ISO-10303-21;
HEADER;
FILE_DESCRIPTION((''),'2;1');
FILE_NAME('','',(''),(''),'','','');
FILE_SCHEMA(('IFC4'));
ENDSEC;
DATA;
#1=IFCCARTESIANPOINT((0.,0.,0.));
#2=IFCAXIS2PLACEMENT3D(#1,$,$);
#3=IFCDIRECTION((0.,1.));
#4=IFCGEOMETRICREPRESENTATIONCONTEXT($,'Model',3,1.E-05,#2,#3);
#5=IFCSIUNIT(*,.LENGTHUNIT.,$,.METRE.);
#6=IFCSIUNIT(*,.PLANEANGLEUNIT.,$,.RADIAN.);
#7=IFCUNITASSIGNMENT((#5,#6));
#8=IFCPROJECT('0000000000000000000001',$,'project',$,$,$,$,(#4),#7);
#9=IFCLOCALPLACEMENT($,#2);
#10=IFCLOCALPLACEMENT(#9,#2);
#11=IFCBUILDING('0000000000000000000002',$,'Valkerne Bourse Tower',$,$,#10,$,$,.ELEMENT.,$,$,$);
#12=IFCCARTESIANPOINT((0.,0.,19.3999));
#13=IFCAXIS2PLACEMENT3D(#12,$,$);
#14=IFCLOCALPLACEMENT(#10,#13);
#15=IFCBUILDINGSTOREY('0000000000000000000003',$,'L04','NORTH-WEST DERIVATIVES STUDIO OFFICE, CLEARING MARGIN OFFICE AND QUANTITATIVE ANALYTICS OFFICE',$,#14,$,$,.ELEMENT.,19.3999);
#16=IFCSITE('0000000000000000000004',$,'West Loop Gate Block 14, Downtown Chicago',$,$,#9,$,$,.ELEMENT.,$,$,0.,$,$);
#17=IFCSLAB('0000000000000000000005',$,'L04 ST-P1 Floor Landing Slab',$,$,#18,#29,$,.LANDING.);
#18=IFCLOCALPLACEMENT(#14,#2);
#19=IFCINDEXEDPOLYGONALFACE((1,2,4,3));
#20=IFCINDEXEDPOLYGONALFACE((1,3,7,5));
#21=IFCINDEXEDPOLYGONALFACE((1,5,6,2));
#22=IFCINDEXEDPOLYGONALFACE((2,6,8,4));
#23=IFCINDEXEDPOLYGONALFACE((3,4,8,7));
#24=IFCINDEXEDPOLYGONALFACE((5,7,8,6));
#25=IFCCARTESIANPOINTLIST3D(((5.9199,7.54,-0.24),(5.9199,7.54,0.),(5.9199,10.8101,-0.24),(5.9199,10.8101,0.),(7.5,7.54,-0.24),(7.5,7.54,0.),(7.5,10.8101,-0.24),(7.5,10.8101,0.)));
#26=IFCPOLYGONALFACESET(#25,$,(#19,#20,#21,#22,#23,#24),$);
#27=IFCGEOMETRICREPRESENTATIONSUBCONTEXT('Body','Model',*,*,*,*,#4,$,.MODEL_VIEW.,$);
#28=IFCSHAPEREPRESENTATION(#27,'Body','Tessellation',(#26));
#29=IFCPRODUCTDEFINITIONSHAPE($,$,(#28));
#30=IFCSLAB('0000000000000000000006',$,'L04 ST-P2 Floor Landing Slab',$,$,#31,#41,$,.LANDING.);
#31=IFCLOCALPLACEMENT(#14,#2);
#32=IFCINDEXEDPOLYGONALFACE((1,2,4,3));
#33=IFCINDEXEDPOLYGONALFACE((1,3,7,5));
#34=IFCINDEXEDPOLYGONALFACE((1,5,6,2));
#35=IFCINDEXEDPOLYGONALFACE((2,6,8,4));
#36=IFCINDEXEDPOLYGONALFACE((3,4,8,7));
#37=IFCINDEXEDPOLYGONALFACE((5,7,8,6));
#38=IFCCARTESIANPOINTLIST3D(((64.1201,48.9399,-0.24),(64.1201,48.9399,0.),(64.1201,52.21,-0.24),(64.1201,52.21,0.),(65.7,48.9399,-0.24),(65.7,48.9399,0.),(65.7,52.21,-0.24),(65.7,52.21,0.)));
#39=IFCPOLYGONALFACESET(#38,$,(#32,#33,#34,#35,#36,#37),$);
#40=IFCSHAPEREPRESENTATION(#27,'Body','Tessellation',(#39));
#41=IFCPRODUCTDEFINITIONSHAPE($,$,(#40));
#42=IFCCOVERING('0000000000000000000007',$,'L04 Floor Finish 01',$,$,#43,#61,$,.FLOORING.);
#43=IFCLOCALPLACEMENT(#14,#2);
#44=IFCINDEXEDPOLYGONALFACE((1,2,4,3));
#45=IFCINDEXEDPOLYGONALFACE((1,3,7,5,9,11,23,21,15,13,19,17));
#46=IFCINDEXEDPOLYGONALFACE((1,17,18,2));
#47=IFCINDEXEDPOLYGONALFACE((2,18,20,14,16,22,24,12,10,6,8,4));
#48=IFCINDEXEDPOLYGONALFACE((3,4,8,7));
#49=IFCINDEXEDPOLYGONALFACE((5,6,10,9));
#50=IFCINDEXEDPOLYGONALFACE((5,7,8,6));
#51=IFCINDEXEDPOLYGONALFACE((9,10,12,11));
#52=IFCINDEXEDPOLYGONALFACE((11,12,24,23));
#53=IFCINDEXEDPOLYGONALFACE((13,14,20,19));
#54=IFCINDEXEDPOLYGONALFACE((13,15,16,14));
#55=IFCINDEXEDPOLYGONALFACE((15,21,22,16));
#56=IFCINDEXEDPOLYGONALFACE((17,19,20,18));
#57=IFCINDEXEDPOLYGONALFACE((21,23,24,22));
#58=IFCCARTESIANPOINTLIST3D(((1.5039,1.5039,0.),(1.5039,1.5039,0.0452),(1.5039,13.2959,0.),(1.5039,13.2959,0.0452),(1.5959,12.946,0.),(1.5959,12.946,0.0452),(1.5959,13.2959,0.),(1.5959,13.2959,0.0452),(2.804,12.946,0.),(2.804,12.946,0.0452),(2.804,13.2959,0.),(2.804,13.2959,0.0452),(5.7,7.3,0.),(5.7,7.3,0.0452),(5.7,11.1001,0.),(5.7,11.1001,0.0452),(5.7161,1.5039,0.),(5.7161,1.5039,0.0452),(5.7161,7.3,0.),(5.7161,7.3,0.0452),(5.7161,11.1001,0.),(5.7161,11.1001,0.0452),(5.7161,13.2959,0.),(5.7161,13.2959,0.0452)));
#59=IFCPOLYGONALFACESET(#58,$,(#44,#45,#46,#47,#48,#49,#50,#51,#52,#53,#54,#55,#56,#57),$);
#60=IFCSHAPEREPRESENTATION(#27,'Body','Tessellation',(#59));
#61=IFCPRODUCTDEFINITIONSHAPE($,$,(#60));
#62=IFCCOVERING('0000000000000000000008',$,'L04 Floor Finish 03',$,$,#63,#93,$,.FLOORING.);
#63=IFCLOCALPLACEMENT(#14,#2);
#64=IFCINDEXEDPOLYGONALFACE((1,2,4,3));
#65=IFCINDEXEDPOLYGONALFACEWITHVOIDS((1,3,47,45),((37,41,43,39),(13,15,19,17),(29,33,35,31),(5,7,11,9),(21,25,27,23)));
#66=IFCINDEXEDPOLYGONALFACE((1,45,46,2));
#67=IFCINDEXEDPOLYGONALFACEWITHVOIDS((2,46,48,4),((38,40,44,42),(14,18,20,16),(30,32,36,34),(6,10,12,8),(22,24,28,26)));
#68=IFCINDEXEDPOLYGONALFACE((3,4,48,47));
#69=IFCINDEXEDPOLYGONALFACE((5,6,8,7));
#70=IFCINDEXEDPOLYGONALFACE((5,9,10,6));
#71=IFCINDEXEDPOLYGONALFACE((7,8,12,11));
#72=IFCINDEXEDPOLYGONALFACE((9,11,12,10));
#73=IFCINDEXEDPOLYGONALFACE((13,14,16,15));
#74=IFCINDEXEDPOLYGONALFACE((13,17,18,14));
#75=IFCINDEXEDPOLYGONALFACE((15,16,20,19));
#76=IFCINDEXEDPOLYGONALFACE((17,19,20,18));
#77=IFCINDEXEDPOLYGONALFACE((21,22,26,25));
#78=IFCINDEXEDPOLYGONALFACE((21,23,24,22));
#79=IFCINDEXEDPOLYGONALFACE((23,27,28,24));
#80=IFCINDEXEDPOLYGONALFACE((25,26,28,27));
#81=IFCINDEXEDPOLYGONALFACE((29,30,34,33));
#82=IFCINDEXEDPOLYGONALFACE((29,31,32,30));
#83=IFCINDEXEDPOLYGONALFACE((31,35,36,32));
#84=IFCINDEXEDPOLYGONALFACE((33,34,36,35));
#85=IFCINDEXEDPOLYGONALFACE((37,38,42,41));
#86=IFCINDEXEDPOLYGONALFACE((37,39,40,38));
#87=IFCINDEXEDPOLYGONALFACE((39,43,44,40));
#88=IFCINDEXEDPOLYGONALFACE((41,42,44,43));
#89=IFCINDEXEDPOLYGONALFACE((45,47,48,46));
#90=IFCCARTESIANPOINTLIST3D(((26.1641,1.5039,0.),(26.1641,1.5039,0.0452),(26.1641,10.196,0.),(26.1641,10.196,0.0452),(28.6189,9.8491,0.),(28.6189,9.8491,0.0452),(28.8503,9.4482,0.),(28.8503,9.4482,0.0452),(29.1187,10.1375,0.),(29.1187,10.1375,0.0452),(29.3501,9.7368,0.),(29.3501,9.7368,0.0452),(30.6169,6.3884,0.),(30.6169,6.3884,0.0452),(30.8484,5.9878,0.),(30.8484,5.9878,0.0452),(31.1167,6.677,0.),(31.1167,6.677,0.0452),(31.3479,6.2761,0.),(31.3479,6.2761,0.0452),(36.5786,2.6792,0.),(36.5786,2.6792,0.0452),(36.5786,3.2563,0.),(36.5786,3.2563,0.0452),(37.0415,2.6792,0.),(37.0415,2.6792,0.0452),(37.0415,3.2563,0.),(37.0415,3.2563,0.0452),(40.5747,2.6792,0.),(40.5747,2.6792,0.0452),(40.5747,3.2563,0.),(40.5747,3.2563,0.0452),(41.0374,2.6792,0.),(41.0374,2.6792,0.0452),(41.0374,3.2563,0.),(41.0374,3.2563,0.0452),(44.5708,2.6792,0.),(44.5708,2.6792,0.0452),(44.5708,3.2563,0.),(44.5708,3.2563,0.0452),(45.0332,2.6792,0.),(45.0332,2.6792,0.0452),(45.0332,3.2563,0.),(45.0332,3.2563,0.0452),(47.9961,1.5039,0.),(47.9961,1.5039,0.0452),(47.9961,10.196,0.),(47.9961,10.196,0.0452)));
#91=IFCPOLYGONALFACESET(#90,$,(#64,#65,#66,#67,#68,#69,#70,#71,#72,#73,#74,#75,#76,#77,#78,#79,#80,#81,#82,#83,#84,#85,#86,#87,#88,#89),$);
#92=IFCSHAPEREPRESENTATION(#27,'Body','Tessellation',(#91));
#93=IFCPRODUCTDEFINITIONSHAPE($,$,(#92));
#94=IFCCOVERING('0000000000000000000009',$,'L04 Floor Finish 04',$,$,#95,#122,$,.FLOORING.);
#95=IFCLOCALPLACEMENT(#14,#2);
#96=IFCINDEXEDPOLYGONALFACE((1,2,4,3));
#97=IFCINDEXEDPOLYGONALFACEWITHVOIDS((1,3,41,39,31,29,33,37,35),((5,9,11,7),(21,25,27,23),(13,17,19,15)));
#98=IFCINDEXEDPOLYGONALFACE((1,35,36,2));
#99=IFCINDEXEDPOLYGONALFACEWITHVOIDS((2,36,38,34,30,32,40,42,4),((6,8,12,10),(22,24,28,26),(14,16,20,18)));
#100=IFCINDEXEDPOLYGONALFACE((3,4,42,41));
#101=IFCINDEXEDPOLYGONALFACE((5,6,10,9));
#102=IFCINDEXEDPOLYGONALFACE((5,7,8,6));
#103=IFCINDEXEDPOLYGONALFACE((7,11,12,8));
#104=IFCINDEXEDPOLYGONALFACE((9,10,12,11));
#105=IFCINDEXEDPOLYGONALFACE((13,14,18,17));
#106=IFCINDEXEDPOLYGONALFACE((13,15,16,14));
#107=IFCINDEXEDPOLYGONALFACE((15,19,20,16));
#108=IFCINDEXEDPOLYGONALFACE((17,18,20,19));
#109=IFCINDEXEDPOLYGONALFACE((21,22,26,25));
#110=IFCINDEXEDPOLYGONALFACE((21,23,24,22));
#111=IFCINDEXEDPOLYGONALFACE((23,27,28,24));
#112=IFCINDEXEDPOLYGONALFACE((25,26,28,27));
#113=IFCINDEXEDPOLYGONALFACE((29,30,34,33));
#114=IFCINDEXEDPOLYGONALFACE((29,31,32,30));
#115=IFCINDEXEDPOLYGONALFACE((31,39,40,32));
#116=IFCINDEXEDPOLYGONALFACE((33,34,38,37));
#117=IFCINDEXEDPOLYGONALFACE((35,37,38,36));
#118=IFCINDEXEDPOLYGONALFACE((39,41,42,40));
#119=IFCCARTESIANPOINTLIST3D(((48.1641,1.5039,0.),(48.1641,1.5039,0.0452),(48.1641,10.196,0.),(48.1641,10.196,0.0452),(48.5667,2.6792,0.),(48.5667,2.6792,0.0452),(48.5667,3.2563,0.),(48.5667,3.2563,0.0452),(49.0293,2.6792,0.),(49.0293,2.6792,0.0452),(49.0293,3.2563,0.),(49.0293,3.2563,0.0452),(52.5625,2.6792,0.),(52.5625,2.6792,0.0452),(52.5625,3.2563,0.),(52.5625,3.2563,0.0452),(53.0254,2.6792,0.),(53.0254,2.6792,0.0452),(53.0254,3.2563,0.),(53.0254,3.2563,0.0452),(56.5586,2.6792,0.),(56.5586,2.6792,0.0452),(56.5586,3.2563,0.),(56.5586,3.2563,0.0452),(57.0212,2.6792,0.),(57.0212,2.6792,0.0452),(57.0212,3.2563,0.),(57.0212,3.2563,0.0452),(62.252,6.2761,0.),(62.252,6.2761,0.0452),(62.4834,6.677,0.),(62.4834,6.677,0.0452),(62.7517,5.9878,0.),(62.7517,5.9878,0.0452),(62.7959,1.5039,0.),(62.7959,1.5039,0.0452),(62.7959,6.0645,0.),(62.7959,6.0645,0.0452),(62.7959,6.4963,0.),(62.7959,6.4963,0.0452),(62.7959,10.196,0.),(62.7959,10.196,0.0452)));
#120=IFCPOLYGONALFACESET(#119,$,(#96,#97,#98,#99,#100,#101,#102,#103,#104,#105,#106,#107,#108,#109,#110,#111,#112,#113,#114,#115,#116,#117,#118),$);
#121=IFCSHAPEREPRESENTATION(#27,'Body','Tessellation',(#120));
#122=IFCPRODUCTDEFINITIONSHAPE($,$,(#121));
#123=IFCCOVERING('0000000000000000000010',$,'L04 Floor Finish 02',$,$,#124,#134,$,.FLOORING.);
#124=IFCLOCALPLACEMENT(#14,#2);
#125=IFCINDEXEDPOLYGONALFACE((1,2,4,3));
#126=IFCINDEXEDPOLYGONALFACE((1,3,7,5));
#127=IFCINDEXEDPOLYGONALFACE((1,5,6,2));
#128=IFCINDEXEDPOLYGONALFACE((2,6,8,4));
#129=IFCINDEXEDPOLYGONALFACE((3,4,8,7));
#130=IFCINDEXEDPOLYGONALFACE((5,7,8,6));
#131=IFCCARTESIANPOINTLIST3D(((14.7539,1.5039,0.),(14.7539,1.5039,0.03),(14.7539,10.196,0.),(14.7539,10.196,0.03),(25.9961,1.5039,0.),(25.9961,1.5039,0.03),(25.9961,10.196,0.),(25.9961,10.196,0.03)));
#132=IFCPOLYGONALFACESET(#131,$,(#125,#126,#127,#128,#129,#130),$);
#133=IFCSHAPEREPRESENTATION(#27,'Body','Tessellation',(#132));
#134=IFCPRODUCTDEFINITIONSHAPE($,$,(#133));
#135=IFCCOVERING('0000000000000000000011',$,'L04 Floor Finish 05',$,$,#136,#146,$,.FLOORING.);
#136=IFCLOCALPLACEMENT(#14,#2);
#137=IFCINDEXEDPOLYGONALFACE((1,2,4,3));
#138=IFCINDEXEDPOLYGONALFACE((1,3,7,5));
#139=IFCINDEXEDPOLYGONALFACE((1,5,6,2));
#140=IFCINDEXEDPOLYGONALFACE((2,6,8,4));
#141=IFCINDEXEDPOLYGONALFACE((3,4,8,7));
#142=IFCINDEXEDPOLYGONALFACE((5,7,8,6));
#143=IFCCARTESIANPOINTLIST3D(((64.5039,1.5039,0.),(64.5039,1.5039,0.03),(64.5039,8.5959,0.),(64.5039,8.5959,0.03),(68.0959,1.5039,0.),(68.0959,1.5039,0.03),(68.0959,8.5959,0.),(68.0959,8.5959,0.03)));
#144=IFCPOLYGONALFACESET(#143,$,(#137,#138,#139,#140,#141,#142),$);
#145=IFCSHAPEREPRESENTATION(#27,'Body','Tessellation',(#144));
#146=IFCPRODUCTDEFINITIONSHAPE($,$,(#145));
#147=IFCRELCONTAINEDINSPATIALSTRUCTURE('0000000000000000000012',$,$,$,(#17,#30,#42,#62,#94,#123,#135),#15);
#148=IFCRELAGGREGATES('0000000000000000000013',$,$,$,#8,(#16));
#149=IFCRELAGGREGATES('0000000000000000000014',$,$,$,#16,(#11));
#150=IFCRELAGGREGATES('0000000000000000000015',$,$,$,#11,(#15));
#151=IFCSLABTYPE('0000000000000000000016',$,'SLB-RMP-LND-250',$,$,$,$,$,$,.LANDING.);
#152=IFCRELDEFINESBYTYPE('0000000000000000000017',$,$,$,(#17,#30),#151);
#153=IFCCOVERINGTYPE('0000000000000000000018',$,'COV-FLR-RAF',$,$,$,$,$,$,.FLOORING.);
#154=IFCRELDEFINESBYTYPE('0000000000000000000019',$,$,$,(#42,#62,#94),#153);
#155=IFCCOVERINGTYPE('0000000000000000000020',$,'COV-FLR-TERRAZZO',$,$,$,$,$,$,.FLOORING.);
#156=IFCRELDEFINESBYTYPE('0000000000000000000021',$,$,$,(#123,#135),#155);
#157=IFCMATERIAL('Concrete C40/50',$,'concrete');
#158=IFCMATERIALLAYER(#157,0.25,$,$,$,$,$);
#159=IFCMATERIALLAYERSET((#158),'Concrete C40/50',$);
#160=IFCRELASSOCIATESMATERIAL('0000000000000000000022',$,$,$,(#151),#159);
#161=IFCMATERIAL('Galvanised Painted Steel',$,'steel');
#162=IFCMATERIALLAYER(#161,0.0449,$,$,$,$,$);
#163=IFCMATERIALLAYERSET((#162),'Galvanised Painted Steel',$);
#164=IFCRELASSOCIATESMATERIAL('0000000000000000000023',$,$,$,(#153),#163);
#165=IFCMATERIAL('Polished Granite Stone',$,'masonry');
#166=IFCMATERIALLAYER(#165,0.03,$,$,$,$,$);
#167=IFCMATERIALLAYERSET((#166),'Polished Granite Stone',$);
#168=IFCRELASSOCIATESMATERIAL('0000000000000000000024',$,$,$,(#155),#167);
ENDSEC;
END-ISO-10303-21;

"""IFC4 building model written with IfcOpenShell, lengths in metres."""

from ifc_helpers import new_model, si_unit, direction, frame, origin, place, context, subcontext, project, spatial, polyline, outline, extrude, material, layer, layer_set, type_object, element, save


model = new_model("IFC4")

# Units and contexts
model_context = context("Model", 3, precision=1e-05, world=origin(), true_north=direction((0.0, 1.0)))
body_context = subcontext(model_context, "Body", "Model", "MODEL_VIEW")
ifc_project = project(units=[si_unit("LENGTHUNIT", "METRE"), si_unit("PLANEANGLEUNIT", "RADIAN")], contexts=[model_context])

# Site, building, storey
site_placement = place(None, origin())
site = spatial("IfcSite", under=ifc_project, at=site_placement, Name="West Loop Gate Block 14, Downtown Chicago", CompositionType="ELEMENT", RefElevation=0.0)
building_placement = place(site_placement, origin())
building = spatial("IfcBuilding", under=site, at=building_placement, Name="Valkerne Bourse Tower", CompositionType="ELEMENT")
storey_placement = place(building_placement, frame((0.0, 0.0, 19.3999)))
storey = spatial("IfcBuildingStorey", under=building, at=storey_placement, Name="L04", Description="NORTH-WEST DERIVATIVES STUDIO OFFICE, CLEARING MARGIN OFFICE AND QUANTITATIVE ANALYTICS OFFICE", CompositionType="ELEMENT", Elevation=19.3999)

# Slabs
ifc_material_1 = material(Name="Concrete C40/50", Category="concrete")
ifc_layer_1 = layer(ifc_material_1, 0.25)
ifc_layer_set_1 = layer_set([ifc_layer_1], Name="Concrete C40/50")
slab_type_1 = type_object("IfcSlabType", Name="SLB-RMP-LND-250", PredefinedType="LANDING", material=ifc_layer_set_1)
slab_1_placement = place(storey_placement, frame((0.0, 0.0, -0.24)))
element("IfcSlab", 1, at=slab_1_placement, inside=storey, type_object=slab_type_1, Name="L04 ST-P1 Floor Landing Slab", PredefinedType="LANDING", context=body_context, shape_type="SweptSolid", body=[
    extrude(outline(polyline([(5.9199, 7.54), (7.5, 7.54), (7.5, 10.8101), (5.9199, 10.8101), (5.9199, 7.54)])), origin(), (0.0, 0.0, 1.0), 0.24),
])
slab_2_placement = place(storey_placement, frame((0.0, 0.0, -0.24)))
element("IfcSlab", 2, at=slab_2_placement, inside=storey, type_object=slab_type_1, Name="L04 ST-P2 Floor Landing Slab", PredefinedType="LANDING", context=body_context, shape_type="SweptSolid", body=[
    extrude(outline(polyline([(64.1201, 48.9399), (65.7, 48.9399), (65.7, 52.21), (64.1201, 52.21), (64.1201, 48.9399)])), origin(), (0.0, 0.0, 1.0), 0.24),
])

# Coverings
ifc_material_2 = material(Name="Galvanised Painted Steel", Category="steel")
ifc_layer_2 = layer(ifc_material_2, 0.0449)
ifc_layer_set_2 = layer_set([ifc_layer_2], Name="Galvanised Painted Steel")
covering_type_1 = type_object("IfcCoveringType", Name="COV-FLR-RAF", PredefinedType="FLOORING", material=ifc_layer_set_2)
covering_1_placement = place(storey_placement, origin())
element("IfcCovering", 3, at=covering_1_placement, inside=storey, type_object=covering_type_1, Name="L04 Floor Finish 01", PredefinedType="FLOORING", context=body_context, shape_type="SweptSolid", body=[
    extrude(outline(polyline([(1.5039, 13.2959), (1.5959, 13.2959), (1.5959, 12.946), (2.804, 12.946), (2.804, 13.2959), (5.7161, 13.2959), (5.7161, 11.1001), (5.7, 11.1001), (5.7, 7.3), (5.7161, 7.3), (5.7161, 1.5039), (1.5039, 1.5039), (1.5039, 13.2959)])), origin(), (0.0, 0.0, 1.0), 0.0452),
])
covering_2_placement = place(storey_placement, origin())
element("IfcCovering", 4, at=covering_2_placement, inside=storey, type_object=covering_type_1, Name="L04 Floor Finish 03", PredefinedType="FLOORING", context=body_context, shape_type="SweptSolid", body=[
    extrude(outline(polyline([(26.1641, 10.196), (47.9961, 10.196), (47.9961, 1.5039), (26.1641, 1.5039), (26.1641, 10.196)]), holes=[polyline([(30.6169, 6.3884), (30.8484, 5.9878), (31.3479, 6.2761), (31.1167, 6.677), (30.6169, 6.3884)]), polyline([(28.6189, 9.8491), (28.8503, 9.4482), (29.3501, 9.7368), (29.1187, 10.1375), (28.6189, 9.8491)]), polyline([(36.5786, 3.2563), (36.5786, 2.6792), (37.0415, 2.6792), (37.0415, 3.2563), (36.5786, 3.2563)]), polyline([(41.0374, 3.2563), (40.5747, 3.2563), (40.5747, 2.6792), (41.0374, 2.6792), (41.0374, 3.2563)]), polyline([(44.5708, 3.2563), (44.5708, 2.6792), (45.0332, 2.6792), (45.0332, 3.2563), (44.5708, 3.2563)])]), origin(), (0.0, 0.0, 1.0), 0.0452),
])
covering_3_placement = place(storey_placement, origin())
element("IfcCovering", 5, at=covering_3_placement, inside=storey, type_object=covering_type_1, Name="L04 Floor Finish 04", PredefinedType="FLOORING", context=body_context, shape_type="SweptSolid", body=[
    extrude(outline(polyline([(48.1641, 10.196), (62.7959, 10.196), (62.7959, 6.4963), (62.4834, 6.677), (62.252, 6.2761), (62.7517, 5.9878), (62.7959, 6.0645), (62.7959, 1.5039), (48.1641, 1.5039), (48.1641, 10.196)]), holes=[polyline([(56.5586, 3.2563), (56.5586, 2.6792), (57.0212, 2.6792), (57.0212, 3.2563), (56.5586, 3.2563)]), polyline([(53.0254, 3.2563), (52.5625, 3.2563), (52.5625, 2.6792), (53.0254, 2.6792), (53.0254, 3.2563)]), polyline([(49.0293, 3.2563), (48.5667, 3.2563), (48.5667, 2.6792), (49.0293, 2.6792), (49.0293, 3.2563)])]), origin(), (0.0, 0.0, 1.0), 0.0452),
])
ifc_material_3 = material(Name="Polished Granite Stone", Category="masonry")
ifc_layer_3 = layer(ifc_material_3, 0.03)
ifc_layer_set_3 = layer_set([ifc_layer_3], Name="Polished Granite Stone")
covering_type_2 = type_object("IfcCoveringType", Name="COV-FLR-TERRAZZO", PredefinedType="FLOORING", material=ifc_layer_set_3)
covering_4_placement = place(storey_placement, origin())
element("IfcCovering", 6, at=covering_4_placement, inside=storey, type_object=covering_type_2, Name="L04 Floor Finish 02", PredefinedType="FLOORING", context=body_context, shape_type="SweptSolid", body=[
    extrude(outline(polyline([(14.7539, 10.196), (25.9961, 10.196), (25.9961, 1.5039), (14.7539, 1.5039), (14.7539, 10.196)])), origin(), (0.0, 0.0, 1.0), 0.03),
])
covering_5_placement = place(storey_placement, origin())
element("IfcCovering", 7, at=covering_5_placement, inside=storey, type_object=covering_type_2, Name="L04 Floor Finish 05", PredefinedType="FLOORING", context=body_context, shape_type="SweptSolid", body=[
    extrude(outline(polyline([(64.5039, 8.5959), (68.0959, 8.5959), (68.0959, 1.5039), (64.5039, 1.5039), (64.5039, 8.5959)])), origin(), (0.0, 0.0, 1.0), 0.03),
])

save(model, "model.ifc")
